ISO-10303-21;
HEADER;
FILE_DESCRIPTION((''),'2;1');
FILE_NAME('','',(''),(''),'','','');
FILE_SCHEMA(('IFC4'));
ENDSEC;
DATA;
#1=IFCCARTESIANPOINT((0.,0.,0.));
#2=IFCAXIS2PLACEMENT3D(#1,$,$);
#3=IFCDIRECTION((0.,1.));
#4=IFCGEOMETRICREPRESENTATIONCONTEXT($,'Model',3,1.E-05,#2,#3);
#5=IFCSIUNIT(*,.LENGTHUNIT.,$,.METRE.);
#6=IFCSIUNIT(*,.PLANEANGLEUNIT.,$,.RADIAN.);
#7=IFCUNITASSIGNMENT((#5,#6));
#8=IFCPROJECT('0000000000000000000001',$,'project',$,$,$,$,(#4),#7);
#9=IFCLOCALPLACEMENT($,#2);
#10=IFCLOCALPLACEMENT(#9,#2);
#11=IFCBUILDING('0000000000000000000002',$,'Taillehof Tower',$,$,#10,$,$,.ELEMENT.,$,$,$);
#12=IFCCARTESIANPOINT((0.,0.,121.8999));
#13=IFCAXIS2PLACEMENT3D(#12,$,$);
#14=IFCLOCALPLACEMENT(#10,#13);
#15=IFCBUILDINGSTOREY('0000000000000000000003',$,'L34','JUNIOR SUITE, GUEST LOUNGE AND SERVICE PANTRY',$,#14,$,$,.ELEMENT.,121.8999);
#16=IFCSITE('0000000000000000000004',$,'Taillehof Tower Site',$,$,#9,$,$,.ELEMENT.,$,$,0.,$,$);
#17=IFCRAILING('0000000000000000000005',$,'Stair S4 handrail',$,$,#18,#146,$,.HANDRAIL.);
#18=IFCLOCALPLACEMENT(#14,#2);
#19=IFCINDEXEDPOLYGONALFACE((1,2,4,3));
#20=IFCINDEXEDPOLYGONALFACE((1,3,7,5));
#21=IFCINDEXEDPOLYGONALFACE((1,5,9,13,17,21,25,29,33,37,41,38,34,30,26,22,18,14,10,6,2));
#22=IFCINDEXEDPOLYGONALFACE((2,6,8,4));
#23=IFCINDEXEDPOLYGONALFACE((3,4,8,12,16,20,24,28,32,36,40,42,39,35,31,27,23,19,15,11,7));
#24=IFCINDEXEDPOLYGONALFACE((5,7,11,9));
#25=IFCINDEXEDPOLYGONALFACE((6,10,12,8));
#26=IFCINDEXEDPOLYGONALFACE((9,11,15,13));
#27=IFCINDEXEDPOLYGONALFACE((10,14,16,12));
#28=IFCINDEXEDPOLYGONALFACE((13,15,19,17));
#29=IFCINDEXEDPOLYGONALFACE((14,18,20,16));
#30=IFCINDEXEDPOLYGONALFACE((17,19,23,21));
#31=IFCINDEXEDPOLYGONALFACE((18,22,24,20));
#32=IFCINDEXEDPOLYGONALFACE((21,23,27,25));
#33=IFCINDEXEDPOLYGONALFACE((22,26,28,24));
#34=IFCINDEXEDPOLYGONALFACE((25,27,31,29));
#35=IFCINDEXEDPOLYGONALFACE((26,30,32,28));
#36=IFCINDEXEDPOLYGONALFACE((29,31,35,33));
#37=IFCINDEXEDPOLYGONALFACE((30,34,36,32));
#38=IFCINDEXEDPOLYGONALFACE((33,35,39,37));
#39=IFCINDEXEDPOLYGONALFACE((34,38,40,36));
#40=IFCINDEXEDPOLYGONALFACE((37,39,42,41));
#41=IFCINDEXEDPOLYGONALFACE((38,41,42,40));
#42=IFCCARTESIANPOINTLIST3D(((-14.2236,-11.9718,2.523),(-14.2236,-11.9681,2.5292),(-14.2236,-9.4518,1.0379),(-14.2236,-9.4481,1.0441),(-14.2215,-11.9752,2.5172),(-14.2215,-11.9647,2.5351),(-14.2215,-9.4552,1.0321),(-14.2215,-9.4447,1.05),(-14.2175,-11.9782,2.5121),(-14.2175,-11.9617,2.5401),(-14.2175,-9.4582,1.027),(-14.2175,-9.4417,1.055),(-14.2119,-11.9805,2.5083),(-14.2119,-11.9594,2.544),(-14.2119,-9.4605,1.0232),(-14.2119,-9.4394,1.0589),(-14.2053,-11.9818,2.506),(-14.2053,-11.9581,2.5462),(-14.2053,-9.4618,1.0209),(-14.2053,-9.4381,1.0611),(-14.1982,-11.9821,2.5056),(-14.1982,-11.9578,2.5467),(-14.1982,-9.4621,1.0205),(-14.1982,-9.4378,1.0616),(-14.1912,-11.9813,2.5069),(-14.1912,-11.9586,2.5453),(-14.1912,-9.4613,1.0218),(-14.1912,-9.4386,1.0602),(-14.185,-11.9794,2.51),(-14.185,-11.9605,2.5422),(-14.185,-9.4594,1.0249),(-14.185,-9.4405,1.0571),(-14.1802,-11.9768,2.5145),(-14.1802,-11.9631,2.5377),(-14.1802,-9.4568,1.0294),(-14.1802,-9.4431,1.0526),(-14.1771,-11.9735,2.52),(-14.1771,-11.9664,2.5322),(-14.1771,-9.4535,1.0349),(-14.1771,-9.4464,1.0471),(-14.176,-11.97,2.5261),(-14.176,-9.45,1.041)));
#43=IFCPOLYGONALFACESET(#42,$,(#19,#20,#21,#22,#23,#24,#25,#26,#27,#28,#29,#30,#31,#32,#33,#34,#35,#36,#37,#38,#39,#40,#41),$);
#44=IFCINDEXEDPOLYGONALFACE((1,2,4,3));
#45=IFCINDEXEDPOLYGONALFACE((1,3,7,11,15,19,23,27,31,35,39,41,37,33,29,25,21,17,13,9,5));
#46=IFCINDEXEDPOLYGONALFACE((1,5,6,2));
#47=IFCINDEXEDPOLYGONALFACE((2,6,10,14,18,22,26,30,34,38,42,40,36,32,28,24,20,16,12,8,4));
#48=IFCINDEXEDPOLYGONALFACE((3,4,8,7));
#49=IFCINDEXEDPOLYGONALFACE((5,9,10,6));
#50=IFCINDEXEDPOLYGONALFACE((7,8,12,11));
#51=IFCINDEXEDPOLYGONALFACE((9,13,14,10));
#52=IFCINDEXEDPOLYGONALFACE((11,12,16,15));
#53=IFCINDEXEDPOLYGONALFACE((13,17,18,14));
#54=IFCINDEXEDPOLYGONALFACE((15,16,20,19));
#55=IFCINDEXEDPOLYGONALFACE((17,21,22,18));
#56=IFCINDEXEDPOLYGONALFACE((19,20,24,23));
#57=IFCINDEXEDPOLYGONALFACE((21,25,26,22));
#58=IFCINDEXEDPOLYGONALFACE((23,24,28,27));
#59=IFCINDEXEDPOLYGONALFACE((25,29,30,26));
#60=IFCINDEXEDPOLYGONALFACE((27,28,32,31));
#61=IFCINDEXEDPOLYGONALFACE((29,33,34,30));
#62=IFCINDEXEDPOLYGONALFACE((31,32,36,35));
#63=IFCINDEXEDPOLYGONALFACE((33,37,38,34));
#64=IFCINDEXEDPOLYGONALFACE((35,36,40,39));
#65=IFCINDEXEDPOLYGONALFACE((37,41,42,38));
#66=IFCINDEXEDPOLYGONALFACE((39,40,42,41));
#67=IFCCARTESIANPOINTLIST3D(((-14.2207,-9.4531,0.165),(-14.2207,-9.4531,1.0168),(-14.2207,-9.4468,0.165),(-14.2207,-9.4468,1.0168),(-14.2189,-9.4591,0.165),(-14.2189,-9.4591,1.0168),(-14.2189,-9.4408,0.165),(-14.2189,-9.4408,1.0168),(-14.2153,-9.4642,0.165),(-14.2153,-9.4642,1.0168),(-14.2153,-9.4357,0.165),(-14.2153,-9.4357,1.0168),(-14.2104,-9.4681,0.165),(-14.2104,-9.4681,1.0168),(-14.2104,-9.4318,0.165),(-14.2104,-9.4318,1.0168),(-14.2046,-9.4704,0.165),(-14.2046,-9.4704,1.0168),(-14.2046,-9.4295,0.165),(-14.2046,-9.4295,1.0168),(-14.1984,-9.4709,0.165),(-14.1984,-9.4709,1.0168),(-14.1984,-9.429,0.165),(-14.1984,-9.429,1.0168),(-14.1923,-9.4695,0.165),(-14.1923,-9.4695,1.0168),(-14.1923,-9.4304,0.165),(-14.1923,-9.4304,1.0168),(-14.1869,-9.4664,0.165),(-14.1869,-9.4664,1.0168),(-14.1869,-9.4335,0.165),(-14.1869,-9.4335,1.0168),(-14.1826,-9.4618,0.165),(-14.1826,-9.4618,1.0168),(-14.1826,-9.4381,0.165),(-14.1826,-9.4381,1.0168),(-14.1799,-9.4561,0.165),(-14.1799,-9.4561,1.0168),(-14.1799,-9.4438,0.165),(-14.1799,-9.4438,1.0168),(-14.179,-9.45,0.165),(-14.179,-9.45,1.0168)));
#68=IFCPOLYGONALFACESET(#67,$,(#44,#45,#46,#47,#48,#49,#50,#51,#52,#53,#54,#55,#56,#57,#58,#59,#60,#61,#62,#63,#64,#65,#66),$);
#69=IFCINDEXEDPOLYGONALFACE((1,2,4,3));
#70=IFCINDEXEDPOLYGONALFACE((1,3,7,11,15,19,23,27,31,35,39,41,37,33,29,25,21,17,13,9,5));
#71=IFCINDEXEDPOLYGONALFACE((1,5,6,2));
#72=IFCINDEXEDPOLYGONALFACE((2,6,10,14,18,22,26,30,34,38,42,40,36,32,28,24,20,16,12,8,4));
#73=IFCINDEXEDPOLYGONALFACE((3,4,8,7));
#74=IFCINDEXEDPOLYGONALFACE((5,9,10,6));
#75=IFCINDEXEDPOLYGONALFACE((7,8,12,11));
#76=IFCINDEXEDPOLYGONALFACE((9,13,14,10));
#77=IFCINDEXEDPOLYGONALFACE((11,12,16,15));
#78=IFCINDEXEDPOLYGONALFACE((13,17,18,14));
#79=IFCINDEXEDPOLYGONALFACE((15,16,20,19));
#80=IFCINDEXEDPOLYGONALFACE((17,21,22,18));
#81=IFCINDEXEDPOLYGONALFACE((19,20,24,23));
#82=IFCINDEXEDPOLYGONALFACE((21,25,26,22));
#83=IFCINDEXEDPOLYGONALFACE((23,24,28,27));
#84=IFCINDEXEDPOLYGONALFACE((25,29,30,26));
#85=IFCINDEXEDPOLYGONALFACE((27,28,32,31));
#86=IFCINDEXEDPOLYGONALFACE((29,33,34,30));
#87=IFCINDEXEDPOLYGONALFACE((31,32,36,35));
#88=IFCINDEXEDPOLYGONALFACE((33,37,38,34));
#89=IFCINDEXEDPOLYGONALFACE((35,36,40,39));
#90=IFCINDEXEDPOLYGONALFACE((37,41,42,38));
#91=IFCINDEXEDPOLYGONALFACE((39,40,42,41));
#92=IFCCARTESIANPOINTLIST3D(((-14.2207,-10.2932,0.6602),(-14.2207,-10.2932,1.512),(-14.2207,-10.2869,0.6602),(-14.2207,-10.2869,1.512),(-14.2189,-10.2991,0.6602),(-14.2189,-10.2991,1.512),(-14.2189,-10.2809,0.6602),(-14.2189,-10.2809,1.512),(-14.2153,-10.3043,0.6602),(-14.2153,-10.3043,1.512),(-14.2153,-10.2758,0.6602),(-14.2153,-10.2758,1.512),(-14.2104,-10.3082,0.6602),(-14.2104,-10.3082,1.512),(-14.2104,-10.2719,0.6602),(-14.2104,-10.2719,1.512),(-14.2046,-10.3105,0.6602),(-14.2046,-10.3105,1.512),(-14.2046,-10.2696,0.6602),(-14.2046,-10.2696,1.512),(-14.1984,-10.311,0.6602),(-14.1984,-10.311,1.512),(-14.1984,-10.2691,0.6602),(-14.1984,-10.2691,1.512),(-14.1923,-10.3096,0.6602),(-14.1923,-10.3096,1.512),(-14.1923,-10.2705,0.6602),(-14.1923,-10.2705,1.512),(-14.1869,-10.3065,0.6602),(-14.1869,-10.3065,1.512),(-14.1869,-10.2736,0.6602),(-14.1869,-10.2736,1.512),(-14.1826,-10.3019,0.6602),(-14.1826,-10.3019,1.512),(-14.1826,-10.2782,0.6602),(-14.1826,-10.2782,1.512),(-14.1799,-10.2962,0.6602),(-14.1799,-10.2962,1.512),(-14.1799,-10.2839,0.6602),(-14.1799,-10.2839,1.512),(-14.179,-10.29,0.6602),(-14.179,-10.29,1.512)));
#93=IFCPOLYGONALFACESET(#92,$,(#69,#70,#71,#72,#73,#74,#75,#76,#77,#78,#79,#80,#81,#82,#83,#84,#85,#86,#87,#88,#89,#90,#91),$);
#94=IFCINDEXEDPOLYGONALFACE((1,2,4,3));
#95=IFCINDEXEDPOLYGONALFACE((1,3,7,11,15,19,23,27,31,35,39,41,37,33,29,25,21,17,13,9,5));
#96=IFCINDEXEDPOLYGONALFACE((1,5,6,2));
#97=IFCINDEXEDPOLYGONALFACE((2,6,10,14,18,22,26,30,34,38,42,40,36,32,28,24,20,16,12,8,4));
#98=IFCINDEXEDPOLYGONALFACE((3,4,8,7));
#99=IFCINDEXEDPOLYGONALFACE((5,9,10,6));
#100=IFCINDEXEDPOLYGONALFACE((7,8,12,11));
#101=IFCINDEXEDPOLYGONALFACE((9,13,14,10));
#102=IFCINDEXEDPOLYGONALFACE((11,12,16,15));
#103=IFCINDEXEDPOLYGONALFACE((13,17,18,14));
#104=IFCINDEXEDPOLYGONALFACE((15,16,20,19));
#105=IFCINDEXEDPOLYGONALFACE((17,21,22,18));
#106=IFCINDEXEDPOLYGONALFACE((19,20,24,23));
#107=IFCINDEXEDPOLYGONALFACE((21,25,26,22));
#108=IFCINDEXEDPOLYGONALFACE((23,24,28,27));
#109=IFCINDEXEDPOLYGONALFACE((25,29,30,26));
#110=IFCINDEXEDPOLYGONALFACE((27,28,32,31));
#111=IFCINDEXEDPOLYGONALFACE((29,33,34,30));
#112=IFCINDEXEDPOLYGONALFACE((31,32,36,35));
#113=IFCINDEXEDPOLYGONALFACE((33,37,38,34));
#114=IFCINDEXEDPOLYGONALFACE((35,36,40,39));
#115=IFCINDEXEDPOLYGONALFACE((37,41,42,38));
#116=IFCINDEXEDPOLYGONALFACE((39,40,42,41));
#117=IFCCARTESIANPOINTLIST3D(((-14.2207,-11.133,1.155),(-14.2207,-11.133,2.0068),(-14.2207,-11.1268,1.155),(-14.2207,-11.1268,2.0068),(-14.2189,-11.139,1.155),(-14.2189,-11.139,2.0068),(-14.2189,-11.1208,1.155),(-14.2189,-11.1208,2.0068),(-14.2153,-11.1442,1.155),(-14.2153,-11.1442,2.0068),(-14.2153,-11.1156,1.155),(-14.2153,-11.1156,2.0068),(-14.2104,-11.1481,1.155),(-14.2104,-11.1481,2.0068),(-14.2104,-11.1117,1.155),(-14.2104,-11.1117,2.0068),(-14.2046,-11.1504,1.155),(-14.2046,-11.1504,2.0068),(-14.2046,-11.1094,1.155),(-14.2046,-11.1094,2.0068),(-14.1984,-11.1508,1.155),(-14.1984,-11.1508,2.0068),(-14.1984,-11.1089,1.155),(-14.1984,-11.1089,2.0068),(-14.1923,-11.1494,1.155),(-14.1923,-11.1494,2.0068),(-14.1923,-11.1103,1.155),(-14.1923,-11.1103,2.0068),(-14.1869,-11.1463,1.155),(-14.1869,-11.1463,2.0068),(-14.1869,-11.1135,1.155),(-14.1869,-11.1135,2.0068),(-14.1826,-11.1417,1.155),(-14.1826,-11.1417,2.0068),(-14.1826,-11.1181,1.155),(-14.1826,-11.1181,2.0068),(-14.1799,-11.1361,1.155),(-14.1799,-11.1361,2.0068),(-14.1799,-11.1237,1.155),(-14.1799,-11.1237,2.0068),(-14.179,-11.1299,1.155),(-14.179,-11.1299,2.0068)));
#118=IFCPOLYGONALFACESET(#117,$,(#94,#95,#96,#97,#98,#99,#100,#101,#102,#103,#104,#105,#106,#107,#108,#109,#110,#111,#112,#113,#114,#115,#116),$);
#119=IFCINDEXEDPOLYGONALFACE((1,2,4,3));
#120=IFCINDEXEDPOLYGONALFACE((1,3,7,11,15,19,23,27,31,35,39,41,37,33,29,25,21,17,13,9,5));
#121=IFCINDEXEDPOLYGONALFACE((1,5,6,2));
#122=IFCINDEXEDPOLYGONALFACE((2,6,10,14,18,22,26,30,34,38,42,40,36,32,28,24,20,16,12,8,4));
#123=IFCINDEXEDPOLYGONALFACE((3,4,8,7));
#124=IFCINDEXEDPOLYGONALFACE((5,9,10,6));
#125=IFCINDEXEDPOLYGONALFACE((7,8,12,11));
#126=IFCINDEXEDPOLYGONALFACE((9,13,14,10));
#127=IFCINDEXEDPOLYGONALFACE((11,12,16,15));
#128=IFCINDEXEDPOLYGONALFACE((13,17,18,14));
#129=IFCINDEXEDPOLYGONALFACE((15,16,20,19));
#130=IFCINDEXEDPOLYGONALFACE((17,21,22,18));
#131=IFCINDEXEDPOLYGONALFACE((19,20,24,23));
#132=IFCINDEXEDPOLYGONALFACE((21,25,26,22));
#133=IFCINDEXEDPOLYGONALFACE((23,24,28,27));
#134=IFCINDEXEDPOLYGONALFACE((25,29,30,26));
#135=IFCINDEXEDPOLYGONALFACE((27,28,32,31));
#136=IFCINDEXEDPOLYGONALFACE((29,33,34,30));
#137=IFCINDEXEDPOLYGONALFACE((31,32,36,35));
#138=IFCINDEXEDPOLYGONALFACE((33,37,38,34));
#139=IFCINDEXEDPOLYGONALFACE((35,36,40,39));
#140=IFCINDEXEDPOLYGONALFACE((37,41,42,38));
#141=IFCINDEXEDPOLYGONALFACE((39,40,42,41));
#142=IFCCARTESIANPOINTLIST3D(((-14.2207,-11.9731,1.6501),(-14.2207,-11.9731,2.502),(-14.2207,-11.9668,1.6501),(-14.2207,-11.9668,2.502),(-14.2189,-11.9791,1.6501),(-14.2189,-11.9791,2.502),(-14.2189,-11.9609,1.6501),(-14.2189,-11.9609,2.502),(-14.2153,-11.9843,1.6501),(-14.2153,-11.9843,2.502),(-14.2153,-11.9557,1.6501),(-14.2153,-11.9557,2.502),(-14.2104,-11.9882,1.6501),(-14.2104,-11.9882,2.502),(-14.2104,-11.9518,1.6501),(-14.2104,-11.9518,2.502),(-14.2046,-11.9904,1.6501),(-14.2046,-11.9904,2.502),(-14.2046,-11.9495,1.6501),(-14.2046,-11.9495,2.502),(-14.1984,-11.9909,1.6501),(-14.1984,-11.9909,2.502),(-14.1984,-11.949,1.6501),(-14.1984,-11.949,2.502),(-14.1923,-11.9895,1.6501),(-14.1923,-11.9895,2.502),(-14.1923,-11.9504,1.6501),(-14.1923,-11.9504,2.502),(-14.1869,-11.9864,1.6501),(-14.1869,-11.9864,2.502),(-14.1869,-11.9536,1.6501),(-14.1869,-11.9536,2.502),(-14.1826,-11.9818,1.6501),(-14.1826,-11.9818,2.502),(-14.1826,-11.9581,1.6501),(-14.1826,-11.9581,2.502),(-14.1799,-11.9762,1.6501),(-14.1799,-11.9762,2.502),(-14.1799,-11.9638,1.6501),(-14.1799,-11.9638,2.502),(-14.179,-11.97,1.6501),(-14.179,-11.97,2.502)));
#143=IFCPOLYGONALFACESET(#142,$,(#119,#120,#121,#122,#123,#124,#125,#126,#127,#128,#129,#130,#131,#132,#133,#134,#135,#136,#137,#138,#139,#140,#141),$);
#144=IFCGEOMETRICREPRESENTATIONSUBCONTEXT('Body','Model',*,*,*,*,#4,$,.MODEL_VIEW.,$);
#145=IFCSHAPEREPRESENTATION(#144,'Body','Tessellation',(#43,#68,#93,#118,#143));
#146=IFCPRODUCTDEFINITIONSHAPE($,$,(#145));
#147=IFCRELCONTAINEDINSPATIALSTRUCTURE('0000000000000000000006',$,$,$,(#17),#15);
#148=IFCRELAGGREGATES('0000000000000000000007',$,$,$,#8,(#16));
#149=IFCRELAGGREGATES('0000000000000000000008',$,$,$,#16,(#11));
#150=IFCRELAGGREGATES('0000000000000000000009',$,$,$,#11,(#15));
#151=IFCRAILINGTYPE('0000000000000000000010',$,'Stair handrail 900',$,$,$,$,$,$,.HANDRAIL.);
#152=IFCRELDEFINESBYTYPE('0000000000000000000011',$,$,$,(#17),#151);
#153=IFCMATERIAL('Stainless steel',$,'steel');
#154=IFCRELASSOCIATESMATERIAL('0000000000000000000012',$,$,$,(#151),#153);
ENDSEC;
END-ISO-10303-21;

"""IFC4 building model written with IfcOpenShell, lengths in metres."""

from ifc_helpers import new_model, si_unit, direction, frame, origin, origin_2d, place, context, subcontext, project, spatial, circle, extrude, material, type_object, element, save


model = new_model("IFC4")

# Units and contexts
model_context = context("Model", 3, precision=1e-05, world=origin(), true_north=direction((0.0, 1.0)))
body_context = subcontext(model_context, "Body", "Model", "MODEL_VIEW")
ifc_project = project(units=[si_unit("LENGTHUNIT", "METRE"), si_unit("PLANEANGLEUNIT", "RADIAN")], contexts=[model_context])

# Site, building, storey
site_placement = place(None, origin())
site = spatial("IfcSite", under=ifc_project, at=site_placement, Name="Taillehof Tower Site", CompositionType="ELEMENT", RefElevation=0.0)
building_placement = place(site_placement, origin())
building = spatial("IfcBuilding", under=site, at=building_placement, Name="Taillehof Tower", CompositionType="ELEMENT")
storey_placement = place(building_placement, frame((0.0, 0.0, 121.8999)))
storey = spatial("IfcBuildingStorey", under=building, at=storey_placement, Name="L34", Description="JUNIOR SUITE, GUEST LOUNGE AND SERVICE PANTRY", CompositionType="ELEMENT", Elevation=121.8999)

# Railing
ifc_material_1 = material(Name="Stainless steel", Category="steel")
railing_type = type_object("IfcRailingType", Name="Stair handrail 900", PredefinedType="HANDRAIL", material=ifc_material_1)
railing_placement = place(storey_placement, frame((-14.2, -9.45, 0.165)))
element("IfcRailing", 1, at=railing_placement, inside=storey, type_object=railing_type, Name="Stair S4 handrail", PredefinedType="HANDRAIL", context=body_context, shape_type="SweptSolid", body=[
    extrude(circle(Radius=0.0239, at=origin_2d()), frame((0.0, 0.0, 0.876), z_axis=(0.0, -0.861524, 0.507717), x_axis=(1.0, 0.0, 0.0)), (0.0, 0.0, 1.0), 2.925),
    extrude(circle(Radius=0.021, at=origin_2d()), origin(), (0.0, 0.0, 1.0), 0.8518),
    extrude(circle(Radius=0.021, at=origin_2d()), frame((0.0, -0.8401, 0.4951)), (0.0, 0.0, 1.0), 0.8518),
    extrude(circle(Radius=0.021, at=origin_2d()), frame((0.0, -1.6799, 0.99)), (0.0, 0.0, 1.0), 0.8518),
    extrude(circle(Radius=0.021, at=origin_2d()), frame((0.0, -2.52, 1.4851)), (0.0, 0.0, 1.0), 0.8518),
])

save(model, "model.ifc")
